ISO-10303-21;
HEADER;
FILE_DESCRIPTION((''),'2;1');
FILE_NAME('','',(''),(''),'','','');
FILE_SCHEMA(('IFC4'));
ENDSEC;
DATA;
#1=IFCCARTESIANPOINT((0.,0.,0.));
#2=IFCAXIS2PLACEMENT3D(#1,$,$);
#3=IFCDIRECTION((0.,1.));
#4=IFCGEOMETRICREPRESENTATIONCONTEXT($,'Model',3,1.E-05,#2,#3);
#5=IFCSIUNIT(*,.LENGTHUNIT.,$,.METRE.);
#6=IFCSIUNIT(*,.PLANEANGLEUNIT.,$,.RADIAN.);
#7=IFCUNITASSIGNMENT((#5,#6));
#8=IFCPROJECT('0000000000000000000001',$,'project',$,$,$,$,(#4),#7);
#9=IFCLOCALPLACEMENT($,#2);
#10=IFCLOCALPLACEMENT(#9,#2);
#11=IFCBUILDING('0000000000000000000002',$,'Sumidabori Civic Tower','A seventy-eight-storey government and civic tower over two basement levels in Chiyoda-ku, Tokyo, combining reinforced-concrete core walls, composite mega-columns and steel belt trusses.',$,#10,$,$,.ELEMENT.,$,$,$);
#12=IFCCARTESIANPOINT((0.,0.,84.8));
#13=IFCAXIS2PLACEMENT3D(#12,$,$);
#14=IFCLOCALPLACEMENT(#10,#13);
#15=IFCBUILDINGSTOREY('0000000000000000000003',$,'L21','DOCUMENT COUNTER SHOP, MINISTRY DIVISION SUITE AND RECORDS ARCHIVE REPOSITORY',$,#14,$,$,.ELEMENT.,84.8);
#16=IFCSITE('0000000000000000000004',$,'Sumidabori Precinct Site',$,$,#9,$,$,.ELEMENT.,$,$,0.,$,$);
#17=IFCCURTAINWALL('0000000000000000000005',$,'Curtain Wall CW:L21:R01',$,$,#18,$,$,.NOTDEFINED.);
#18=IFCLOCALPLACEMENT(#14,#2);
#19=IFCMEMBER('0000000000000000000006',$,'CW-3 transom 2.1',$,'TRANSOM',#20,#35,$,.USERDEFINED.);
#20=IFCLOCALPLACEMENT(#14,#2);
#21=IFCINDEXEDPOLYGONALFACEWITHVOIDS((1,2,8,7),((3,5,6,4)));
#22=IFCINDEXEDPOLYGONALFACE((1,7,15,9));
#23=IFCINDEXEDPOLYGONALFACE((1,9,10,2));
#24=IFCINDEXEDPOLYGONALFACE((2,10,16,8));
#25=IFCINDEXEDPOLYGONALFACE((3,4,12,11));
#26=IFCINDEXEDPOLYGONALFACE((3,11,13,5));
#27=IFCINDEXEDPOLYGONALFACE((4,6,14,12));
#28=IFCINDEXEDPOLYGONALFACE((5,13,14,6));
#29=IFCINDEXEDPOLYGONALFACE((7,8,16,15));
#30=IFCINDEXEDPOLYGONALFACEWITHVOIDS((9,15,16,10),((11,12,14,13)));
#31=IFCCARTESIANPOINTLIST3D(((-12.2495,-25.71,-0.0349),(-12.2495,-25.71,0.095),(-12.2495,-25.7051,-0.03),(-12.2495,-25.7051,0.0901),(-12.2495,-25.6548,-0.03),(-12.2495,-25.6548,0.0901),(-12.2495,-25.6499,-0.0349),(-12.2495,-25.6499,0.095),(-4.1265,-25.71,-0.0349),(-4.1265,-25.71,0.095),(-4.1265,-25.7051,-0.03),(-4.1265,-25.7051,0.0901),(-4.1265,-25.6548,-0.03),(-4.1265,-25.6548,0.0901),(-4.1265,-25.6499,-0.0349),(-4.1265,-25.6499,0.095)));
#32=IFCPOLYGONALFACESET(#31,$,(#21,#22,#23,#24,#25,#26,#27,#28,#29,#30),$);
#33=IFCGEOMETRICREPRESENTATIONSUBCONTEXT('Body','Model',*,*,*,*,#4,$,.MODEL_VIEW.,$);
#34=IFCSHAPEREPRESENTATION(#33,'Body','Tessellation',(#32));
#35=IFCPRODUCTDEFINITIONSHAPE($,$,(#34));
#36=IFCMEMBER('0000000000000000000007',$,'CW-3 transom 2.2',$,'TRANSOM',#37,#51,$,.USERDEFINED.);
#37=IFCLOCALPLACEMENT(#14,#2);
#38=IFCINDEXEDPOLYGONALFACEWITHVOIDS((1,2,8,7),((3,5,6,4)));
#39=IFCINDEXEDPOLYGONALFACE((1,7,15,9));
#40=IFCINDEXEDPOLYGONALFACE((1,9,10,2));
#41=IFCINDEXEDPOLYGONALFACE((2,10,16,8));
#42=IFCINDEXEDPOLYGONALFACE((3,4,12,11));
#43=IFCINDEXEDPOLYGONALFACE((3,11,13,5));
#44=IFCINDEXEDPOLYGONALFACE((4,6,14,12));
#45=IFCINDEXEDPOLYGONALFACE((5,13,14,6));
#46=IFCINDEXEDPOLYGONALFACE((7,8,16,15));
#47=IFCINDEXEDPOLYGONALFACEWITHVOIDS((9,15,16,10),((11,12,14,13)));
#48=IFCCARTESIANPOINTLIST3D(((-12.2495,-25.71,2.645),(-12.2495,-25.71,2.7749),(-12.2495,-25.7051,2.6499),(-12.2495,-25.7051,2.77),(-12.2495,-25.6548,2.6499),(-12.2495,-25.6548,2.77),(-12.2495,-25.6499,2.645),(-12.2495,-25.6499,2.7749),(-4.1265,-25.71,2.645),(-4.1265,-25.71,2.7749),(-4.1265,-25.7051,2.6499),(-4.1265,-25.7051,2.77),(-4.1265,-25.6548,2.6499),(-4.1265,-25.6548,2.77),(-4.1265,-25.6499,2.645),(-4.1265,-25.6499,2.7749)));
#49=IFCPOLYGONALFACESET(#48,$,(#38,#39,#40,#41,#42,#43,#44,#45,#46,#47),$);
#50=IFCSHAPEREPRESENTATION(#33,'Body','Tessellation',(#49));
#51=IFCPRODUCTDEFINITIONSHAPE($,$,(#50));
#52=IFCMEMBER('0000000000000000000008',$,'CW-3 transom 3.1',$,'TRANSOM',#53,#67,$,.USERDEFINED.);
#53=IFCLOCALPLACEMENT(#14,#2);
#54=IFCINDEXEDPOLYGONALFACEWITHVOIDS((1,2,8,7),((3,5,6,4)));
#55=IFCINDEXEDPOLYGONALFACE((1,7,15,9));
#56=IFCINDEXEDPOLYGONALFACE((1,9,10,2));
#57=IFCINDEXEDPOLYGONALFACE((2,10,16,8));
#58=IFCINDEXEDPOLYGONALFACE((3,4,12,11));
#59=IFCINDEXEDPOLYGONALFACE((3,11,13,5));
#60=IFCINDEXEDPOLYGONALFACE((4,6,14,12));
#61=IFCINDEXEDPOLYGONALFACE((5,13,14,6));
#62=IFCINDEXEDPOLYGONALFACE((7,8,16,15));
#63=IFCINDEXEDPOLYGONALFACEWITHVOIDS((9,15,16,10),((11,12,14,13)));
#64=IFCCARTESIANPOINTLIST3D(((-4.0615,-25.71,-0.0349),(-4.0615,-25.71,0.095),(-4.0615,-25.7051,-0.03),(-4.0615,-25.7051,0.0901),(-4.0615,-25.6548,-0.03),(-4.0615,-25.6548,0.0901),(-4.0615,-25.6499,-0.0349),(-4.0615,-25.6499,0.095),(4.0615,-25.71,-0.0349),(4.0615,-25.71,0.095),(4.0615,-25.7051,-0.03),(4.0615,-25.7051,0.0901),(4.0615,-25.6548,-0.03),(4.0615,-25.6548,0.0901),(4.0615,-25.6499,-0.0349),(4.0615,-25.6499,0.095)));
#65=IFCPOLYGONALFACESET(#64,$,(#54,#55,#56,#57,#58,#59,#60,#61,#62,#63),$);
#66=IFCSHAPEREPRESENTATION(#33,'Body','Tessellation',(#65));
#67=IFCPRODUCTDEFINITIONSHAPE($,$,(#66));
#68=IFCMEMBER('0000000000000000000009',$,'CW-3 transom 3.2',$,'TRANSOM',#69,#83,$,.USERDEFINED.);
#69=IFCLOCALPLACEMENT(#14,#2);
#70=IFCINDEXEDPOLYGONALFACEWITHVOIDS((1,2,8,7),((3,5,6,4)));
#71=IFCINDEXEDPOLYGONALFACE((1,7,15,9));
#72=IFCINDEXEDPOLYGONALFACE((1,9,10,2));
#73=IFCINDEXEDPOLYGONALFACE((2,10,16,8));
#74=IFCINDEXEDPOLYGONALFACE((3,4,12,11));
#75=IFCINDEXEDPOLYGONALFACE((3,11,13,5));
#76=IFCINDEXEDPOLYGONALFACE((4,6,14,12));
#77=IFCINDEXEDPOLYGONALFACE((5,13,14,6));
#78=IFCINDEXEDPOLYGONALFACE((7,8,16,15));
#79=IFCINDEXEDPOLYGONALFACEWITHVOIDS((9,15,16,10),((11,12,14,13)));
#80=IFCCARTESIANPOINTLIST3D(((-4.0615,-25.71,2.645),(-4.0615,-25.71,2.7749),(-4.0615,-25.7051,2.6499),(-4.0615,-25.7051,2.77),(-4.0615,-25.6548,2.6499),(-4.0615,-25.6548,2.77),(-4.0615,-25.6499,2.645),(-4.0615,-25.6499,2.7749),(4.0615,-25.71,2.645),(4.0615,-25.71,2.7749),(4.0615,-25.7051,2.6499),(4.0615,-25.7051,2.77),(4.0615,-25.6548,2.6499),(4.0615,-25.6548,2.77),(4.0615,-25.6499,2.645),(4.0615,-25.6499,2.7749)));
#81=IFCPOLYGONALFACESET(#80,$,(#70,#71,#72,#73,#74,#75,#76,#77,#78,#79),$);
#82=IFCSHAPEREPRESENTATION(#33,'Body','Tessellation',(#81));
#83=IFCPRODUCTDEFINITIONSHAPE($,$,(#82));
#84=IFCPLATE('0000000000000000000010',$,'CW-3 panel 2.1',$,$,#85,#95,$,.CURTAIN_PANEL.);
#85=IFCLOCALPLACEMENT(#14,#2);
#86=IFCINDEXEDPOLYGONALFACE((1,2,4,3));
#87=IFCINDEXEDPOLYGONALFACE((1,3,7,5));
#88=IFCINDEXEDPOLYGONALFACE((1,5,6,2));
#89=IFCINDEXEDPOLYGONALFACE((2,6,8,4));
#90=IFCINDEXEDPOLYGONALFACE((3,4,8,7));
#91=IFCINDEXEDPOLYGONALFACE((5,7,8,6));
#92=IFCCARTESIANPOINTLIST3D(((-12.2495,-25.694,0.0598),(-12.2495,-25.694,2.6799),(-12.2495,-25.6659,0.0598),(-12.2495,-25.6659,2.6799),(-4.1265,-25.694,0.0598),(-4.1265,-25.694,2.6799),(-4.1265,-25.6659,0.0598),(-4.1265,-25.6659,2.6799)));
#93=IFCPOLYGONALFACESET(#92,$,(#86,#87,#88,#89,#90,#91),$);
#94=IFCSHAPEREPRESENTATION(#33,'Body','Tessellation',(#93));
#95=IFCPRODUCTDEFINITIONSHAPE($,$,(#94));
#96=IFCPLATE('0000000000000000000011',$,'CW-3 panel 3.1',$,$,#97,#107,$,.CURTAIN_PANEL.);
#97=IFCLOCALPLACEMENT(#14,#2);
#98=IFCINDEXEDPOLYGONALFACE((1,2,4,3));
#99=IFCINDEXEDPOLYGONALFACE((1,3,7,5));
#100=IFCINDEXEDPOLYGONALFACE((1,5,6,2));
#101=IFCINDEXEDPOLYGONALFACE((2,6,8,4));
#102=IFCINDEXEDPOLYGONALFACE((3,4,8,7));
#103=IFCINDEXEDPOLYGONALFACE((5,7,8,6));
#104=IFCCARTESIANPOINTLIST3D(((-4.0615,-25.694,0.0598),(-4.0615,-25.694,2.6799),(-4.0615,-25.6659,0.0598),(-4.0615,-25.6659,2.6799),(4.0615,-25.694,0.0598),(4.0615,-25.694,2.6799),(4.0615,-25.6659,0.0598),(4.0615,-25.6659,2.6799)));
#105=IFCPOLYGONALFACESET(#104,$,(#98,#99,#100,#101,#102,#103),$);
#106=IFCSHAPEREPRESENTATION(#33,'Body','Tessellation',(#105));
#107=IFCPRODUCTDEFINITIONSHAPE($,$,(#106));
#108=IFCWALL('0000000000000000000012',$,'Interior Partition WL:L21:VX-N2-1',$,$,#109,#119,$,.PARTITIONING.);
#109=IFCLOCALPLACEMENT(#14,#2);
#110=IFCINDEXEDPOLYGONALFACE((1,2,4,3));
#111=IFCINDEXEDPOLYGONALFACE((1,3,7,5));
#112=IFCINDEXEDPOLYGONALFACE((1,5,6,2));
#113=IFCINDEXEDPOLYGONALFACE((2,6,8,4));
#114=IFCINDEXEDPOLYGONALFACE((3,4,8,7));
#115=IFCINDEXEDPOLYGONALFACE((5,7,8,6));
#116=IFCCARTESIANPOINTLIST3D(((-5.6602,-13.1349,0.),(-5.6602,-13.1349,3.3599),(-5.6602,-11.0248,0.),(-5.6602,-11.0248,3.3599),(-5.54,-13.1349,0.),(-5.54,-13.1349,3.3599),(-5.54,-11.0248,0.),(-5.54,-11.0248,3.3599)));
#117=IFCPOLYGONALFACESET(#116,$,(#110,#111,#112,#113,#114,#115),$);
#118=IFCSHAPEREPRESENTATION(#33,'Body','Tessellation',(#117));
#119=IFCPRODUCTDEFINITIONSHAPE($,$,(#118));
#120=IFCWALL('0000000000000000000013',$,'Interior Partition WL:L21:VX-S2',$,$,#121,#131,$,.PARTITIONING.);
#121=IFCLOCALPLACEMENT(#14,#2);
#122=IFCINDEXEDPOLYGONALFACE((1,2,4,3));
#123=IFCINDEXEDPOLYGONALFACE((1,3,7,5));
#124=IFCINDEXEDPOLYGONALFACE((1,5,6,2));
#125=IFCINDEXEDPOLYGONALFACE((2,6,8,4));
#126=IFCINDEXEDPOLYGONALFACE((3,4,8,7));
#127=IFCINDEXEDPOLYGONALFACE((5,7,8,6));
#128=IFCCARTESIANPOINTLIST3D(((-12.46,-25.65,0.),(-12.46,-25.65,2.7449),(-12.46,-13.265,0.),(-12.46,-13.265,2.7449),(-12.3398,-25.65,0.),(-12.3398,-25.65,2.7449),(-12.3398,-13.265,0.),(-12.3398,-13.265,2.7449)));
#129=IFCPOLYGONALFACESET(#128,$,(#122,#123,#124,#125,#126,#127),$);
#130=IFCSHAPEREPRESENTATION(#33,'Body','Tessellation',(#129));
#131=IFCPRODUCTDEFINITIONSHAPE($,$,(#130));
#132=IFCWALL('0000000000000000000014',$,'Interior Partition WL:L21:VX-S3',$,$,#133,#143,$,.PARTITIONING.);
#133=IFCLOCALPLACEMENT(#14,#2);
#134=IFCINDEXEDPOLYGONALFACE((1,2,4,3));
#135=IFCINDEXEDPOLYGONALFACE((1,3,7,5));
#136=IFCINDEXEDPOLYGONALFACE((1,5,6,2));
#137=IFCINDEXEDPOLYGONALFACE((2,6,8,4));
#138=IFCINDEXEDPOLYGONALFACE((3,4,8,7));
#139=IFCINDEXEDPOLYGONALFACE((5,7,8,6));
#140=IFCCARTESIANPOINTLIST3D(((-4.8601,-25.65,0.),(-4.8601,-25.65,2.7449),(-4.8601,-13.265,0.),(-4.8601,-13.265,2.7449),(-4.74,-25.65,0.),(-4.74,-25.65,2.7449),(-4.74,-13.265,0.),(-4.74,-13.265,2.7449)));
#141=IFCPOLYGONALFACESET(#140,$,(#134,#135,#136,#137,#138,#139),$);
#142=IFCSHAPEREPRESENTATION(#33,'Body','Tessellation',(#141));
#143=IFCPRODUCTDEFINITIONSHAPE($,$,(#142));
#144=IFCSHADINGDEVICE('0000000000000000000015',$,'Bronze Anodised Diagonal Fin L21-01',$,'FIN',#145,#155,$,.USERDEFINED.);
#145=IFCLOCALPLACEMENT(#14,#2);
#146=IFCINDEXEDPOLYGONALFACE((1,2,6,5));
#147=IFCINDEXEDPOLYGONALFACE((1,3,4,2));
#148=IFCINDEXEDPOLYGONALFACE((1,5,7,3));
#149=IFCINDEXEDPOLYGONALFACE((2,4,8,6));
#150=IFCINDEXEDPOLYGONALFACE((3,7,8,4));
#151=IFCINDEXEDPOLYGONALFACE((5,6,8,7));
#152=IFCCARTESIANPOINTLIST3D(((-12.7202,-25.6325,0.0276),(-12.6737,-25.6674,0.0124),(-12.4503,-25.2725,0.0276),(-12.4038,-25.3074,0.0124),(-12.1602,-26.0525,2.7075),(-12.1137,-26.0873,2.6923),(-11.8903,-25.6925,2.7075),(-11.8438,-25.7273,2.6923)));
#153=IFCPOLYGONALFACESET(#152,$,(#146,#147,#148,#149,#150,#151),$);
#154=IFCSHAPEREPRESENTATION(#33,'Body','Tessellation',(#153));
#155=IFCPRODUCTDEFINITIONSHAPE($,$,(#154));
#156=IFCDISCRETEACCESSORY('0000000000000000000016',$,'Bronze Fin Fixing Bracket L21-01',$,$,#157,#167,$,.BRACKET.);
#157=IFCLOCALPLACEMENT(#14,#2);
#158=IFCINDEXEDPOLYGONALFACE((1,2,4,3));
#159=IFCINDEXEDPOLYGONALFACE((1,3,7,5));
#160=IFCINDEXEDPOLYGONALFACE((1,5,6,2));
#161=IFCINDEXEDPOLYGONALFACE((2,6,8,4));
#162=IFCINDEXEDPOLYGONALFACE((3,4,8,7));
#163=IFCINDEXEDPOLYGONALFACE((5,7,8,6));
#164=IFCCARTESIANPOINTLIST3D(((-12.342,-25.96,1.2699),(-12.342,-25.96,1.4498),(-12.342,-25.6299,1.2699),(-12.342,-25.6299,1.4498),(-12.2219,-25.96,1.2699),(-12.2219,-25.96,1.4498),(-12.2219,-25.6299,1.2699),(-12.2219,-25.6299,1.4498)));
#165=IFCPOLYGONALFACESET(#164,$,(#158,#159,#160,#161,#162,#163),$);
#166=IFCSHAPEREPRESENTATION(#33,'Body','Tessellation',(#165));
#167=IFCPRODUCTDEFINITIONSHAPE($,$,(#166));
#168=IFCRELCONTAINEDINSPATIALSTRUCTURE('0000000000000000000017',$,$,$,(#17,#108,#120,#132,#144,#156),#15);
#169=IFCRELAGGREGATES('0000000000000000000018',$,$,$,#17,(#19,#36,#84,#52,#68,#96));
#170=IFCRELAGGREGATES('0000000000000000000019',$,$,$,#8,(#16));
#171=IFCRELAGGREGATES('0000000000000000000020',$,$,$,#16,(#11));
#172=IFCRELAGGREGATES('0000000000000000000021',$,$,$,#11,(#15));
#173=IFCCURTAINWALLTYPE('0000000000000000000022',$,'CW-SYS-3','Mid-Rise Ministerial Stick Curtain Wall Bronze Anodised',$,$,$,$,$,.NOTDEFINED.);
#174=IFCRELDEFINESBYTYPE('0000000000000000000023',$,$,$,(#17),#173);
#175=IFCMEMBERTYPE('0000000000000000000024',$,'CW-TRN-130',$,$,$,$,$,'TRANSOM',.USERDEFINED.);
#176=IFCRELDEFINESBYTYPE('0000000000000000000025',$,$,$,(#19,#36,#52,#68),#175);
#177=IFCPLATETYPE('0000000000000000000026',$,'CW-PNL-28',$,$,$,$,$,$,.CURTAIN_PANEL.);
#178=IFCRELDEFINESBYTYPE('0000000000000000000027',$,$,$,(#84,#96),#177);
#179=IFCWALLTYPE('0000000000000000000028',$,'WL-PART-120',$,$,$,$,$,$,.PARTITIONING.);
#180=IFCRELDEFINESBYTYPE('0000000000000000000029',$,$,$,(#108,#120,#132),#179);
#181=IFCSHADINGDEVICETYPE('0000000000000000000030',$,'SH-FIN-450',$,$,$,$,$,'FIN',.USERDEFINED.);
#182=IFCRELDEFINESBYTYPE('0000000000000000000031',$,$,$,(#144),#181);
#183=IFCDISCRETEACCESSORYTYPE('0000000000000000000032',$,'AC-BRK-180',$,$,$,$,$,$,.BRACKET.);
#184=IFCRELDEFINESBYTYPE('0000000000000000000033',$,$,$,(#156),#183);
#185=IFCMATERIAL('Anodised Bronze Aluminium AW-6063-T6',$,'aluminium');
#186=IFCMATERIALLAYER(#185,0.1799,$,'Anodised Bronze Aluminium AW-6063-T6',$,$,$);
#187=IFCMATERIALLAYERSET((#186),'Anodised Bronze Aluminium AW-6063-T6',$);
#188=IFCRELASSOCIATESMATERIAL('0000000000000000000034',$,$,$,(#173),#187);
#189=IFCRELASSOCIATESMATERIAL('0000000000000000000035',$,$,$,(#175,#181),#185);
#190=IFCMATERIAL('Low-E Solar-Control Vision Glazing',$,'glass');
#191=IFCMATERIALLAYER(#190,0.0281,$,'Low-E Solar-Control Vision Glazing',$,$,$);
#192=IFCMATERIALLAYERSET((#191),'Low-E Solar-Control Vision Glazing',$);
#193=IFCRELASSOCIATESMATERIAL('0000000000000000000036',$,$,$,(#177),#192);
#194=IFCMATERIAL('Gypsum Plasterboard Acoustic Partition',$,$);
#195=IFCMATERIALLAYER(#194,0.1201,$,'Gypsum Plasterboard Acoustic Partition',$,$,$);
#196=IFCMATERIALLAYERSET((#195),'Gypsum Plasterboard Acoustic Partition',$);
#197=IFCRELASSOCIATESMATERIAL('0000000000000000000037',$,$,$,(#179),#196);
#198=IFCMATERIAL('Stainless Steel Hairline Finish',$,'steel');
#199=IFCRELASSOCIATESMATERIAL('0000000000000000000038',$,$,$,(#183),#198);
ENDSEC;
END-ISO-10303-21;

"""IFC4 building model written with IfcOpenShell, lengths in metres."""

from ifc_helpers import new_model, si_unit, direction, frame, frame_2d, origin, origin_2d, place, context, subcontext, project, spatial, rectangle, hollow_rectangle, extrude, source, transform, mapped, material, layer, layer_set, material_profile, profile_set, type_object, element, aggregate, save


model = new_model("IFC4")

# Units and contexts
model_context = context("Model", 3, precision=1e-05, world=origin(), true_north=direction((0.0, 1.0)))
body_context = subcontext(model_context, "Body", "Model", "MODEL_VIEW")
ifc_project = project(units=[si_unit("LENGTHUNIT", "METRE"), si_unit("PLANEANGLEUNIT", "RADIAN")], contexts=[model_context])

# Site, building, storey
site_placement = place(None, origin())
site = spatial("IfcSite", under=ifc_project, at=site_placement, Name="Sumidabori Precinct Site", CompositionType="ELEMENT", RefElevation=0.0)
building_placement = place(site_placement, origin())
building = spatial("IfcBuilding", under=site, at=building_placement, Name="Sumidabori Civic Tower", Description="A seventy-eight-storey government and civic tower over two basement levels in Chiyoda-ku, Tokyo, combining reinforced-concrete core walls, composite mega-columns and steel belt trusses.", CompositionType="ELEMENT")
storey_placement = place(building_placement, frame((0.0, 0.0, 84.8)))
storey = spatial("IfcBuildingStorey", under=building, at=storey_placement, Name="L21", Description="DOCUMENT COUNTER SHOP, MINISTRY DIVISION SUITE AND RECORDS ARCHIVE REPOSITORY", CompositionType="ELEMENT", Elevation=84.8)

# Curtain wall, members, plates
ifc_material_1 = material(Name="Anodised Bronze Aluminium AW-6063-T6", Category="aluminium")
ifc_layer_1 = layer(ifc_material_1, 0.1799, Name="Anodised Bronze Aluminium AW-6063-T6")
ifc_layer_set_1 = layer_set([ifc_layer_1], Name="Anodised Bronze Aluminium AW-6063-T6")
curtain_wall_type = type_object("IfcCurtainWallType", Name="CW-SYS-3", Description="Mid-Rise Ministerial Stick Curtain Wall Bronze Anodised", PredefinedType="NOTDEFINED", material=ifc_layer_set_1)
curtain_wall_placement = place(storey_placement, origin())
curtain_wall = element("IfcCurtainWall", 1, at=curtain_wall_placement, inside=storey, type_object=curtain_wall_type, Name="Curtain Wall CW:L21:R01", PredefinedType="NOTDEFINED")
ifc_material_profile_1 = material_profile(ifc_material_1, hollow_rectangle(XDim=0.0601, YDim=0.1299, WallThickness=0.0049, at=origin_2d()), Name="ALU TRANSOM 130x60")
ifc_profile_set_1 = profile_set([ifc_material_profile_1], Name="Anodised Bronze Aluminium AW-6063-T6")
member_type_1 = type_object("IfcMemberType", Name="CW-TRN-130", ElementType="TRANSOM", PredefinedType="USERDEFINED", material=ifc_profile_set_1)
shared_shape_1 = source(origin(), body_context, "Body", "SweptSolid", [
    extrude(hollow_rectangle(XDim=0.0601, YDim=0.1299, WallThickness=0.0049, at=origin_2d()), origin(), (0.0, 0.0, 1.0), 8.123),
])
member_1_placement = place(storey_placement, frame((-12.2495, -25.6799, 0.03), z_axis=(1.0, 0.0, 0.0), x_axis=(0.0, 1.0, 0.0)))
member_1 = element("IfcMember", 2, at=member_1_placement, type_object=member_type_1, Name="CW-3 transom 2.1", ObjectType="TRANSOM", PredefinedType="USERDEFINED", context=body_context, shape_type="MappedRepresentation", body=[
    mapped(shared_shape_1, transform((0.0, 0.0, 0.0), x_axis=(1.0, 0.0, 0.0), y_axis=(0.0, 1.0, 0.0), z_axis=(0.0, 0.0, 1.0), scale=1.0)),
])
member_2_placement = place(storey_placement, frame((-12.2495, -25.6799, 2.71), z_axis=(1.0, 0.0, 0.0), x_axis=(0.0, 1.0, 0.0)))
member_2 = element("IfcMember", 3, at=member_2_placement, type_object=member_type_1, Name="CW-3 transom 2.2", ObjectType="TRANSOM", PredefinedType="USERDEFINED", context=body_context, shape_type="MappedRepresentation", body=[
    mapped(shared_shape_1, transform((0.0, 0.0, 0.0), x_axis=(1.0, 0.0, 0.0), y_axis=(0.0, 1.0, 0.0), z_axis=(0.0, 0.0, 1.0), scale=1.0)),
])
member_3_placement = place(storey_placement, frame((-4.0615, -25.6799, 0.03), z_axis=(1.0, 0.0, 0.0), x_axis=(0.0, 1.0, 0.0)))
member_3 = element("IfcMember", 4, at=member_3_placement, type_object=member_type_1, Name="CW-3 transom 3.1", ObjectType="TRANSOM", PredefinedType="USERDEFINED", context=body_context, shape_type="MappedRepresentation", body=[
    mapped(shared_shape_1, transform((0.0, 0.0, 0.0), x_axis=(1.0, 0.0, 0.0), y_axis=(0.0, 1.0, 0.0), z_axis=(0.0, 0.0, 1.0), scale=1.0)),
])
member_4_placement = place(storey_placement, frame((-4.0615, -25.6799, 2.71), z_axis=(1.0, 0.0, 0.0), x_axis=(0.0, 1.0, 0.0)))
member_4 = element("IfcMember", 5, at=member_4_placement, type_object=member_type_1, Name="CW-3 transom 3.2", ObjectType="TRANSOM", PredefinedType="USERDEFINED", context=body_context, shape_type="MappedRepresentation", body=[
    mapped(shared_shape_1, transform((0.0, 0.0, 0.0), x_axis=(1.0, 0.0, 0.0), y_axis=(0.0, 1.0, 0.0), z_axis=(0.0, 0.0, 1.0), scale=1.0)),
])
ifc_material_2 = material(Name="Low-E Solar-Control Vision Glazing", Category="glass")
ifc_layer_2 = layer(ifc_material_2, 0.0281, Name="Low-E Solar-Control Vision Glazing")
ifc_layer_set_2 = layer_set([ifc_layer_2], Name="Low-E Solar-Control Vision Glazing")
plate_type = type_object("IfcPlateType", Name="CW-PNL-28", PredefinedType="CURTAIN_PANEL", material=ifc_layer_set_2)
shared_shape_2 = source(origin(), body_context, "Body", "SweptSolid", [
    extrude(rectangle(XDim=8.123, YDim=0.0281, at=origin_2d()), origin(), (0.0, 0.0, 1.0), 2.6201),
])
plate_1_placement = place(storey_placement, frame((-8.188, -25.6799, 0.0598), z_axis=(0.0, 0.0, 1.0), x_axis=(1.0, 0.0, 0.0)))
plate_1 = element("IfcPlate", 6, at=plate_1_placement, type_object=plate_type, Name="CW-3 panel 2.1", PredefinedType="CURTAIN_PANEL", context=body_context, shape_type="MappedRepresentation", body=[
    mapped(shared_shape_2, transform((0.0, 0.0, 0.0), x_axis=(1.0, 0.0, 0.0), y_axis=(0.0, 1.0, 0.0), z_axis=(0.0, 0.0, 1.0), scale=1.0)),
])
plate_2_placement = place(storey_placement, frame((0.0, -25.6799, 0.0598), z_axis=(0.0, 0.0, 1.0), x_axis=(1.0, 0.0, 0.0)))
plate_2 = element("IfcPlate", 7, at=plate_2_placement, type_object=plate_type, Name="CW-3 panel 3.1", PredefinedType="CURTAIN_PANEL", context=body_context, shape_type="MappedRepresentation", body=[
    mapped(shared_shape_2, transform((0.0, 0.0, 0.0), x_axis=(1.0, 0.0, 0.0), y_axis=(0.0, 1.0, 0.0), z_axis=(0.0, 0.0, 1.0), scale=1.0)),
])
aggregate(curtain_wall, [member_1, member_2, plate_1, member_3, member_4, plate_2])

# Walls
ifc_material_3 = material(Name="Gypsum Plasterboard Acoustic Partition")
ifc_layer_3 = layer(ifc_material_3, 0.1201, Name="Gypsum Plasterboard Acoustic Partition")
ifc_layer_set_3 = layer_set([ifc_layer_3], Name="Gypsum Plasterboard Acoustic Partition")
wall_type = type_object("IfcWallType", Name="WL-PART-120", PredefinedType="PARTITIONING", material=ifc_layer_set_3)
shared_shape_3 = source(origin(), body_context, "Body", "SweptSolid", [
    extrude(rectangle(XDim=2.1101, YDim=0.1201, at=frame_2d((1.0552, 0.0))), origin(), (0.0, 0.0, 1.0), 3.3599),
])
wall_placement = place(storey_placement, frame((-5.6001, -13.135, 0.0), z_axis=(0.0, 0.0, 1.0), x_axis=(0.0, 1.0, 0.0)))
element("IfcWall", 8, at=wall_placement, inside=storey, type_object=wall_type, Name="Interior Partition WL:L21:VX-N2-1", PredefinedType="PARTITIONING", context=body_context, shape_type="MappedRepresentation", body=[
    mapped(shared_shape_3, transform((0.0, 0.0, 0.0), x_axis=(1.0, 0.0, 0.0), y_axis=(0.0, 1.0, 0.0), z_axis=(0.0, 0.0, 1.0), scale=1.0)),
])
shared_shape_4 = source(origin(), body_context, "Body", "SweptSolid", [
    extrude(rectangle(XDim=12.385, YDim=0.1201, at=frame_2d((6.1924, 0.0))), origin(), (0.0, 0.0, 1.0), 2.7449),
])
for number, where, z_axis, x_axis, name in (
    (9, (-12.3999, -25.6499, 0.0), (0.0, 0.0, 1.0), (0.0, 1.0, 0.0), "Interior Partition WL:L21:VX-S2"),
    (10, (-4.8, -25.6499, 0.0), (0.0, 0.0, 1.0), (0.0, 1.0, 0.0), "Interior Partition WL:L21:VX-S3"),
):
    element("IfcWall", number, at=place(storey_placement, frame(where, z_axis=z_axis, x_axis=x_axis)), inside=storey, type_object=wall_type, Name=name, PredefinedType="PARTITIONING", context=body_context, shape_type="MappedRepresentation", body=[
        mapped(shared_shape_4, transform((0.0, 0.0, 0.0), x_axis=(1.0, 0.0, 0.0), y_axis=(0.0, 1.0, 0.0), z_axis=(0.0, 0.0, 1.0), scale=1.0)),
    ])

# Shading device
ifc_material_profile_2 = material_profile(ifc_material_1, rectangle(XDim=0.0601, YDim=0.45, at=origin_2d()), Name="BRONZE FIN 450x60")
ifc_profile_set_2 = profile_set([ifc_material_profile_2], Name="Anodised Bronze Aluminium AW-6063-T6")
shading_device_type = type_object("IfcShadingDeviceType", Name="SH-FIN-450", ElementType="FIN", PredefinedType="USERDEFINED", material=ifc_profile_set_2)
shared_shape_5 = source(origin(), body_context, "Body", "SweptSolid", [
    extrude(rectangle(XDim=0.0601, YDim=0.45, at=origin_2d()), origin(), (0.0, 0.0, 1.0), 2.7698),
])
shading_device_placement = place(storey_placement, frame((-12.562, -25.47, 0.02), z_axis=(0.202199, -0.151605, 0.967539), x_axis=(0.774112, -0.580415, -0.252722)))
element("IfcShadingDevice", 11, at=shading_device_placement, inside=storey, type_object=shading_device_type, Name="Bronze Anodised Diagonal Fin L21-01", ObjectType="FIN", PredefinedType="USERDEFINED", context=body_context, shape_type="MappedRepresentation", body=[
    mapped(shared_shape_5, transform((0.0, 0.0, 0.0), x_axis=(1.0, 0.0, 0.0), y_axis=(0.0, 1.0, 0.0), z_axis=(0.0, 0.0, 1.0), scale=1.0)),
])

# Discrete accessory
ifc_material_4 = material(Name="Stainless Steel Hairline Finish", Category="steel")
ifc_material_profile_3 = material_profile(ifc_material_4, rectangle(XDim=0.1201, YDim=0.1799, at=origin_2d()), Name="STEEL BRACKET 180x120")
ifc_profile_set_3 = profile_set([ifc_material_profile_3], Name="Stainless Steel Hairline Finish")
discrete_accessory_type = type_object("IfcDiscreteAccessoryType", Name="AC-BRK-180", PredefinedType="BRACKET", material=ifc_profile_set_3)
shared_shape_6 = source(origin(), body_context, "Body", "SweptSolid", [
    extrude(rectangle(XDim=0.1201, YDim=0.1799, at=origin_2d()), origin(), (0.0, 0.0, 1.0), 0.3301),
])
discrete_accessory_placement = place(storey_placement, frame((-12.282, -25.6299, 1.3599), z_axis=(0.0, -1.0, 0.0), x_axis=(1.0, 0.0, 0.0)))
element("IfcDiscreteAccessory", 12, at=discrete_accessory_placement, inside=storey, type_object=discrete_accessory_type, Name="Bronze Fin Fixing Bracket L21-01", PredefinedType="BRACKET", context=body_context, shape_type="MappedRepresentation", body=[
    mapped(shared_shape_6, transform((0.0, 0.0, 0.0), x_axis=(1.0, 0.0, 0.0), y_axis=(0.0, 1.0, 0.0), z_axis=(0.0, 0.0, 1.0), scale=1.0)),
])

save(model, "model.ifc")
